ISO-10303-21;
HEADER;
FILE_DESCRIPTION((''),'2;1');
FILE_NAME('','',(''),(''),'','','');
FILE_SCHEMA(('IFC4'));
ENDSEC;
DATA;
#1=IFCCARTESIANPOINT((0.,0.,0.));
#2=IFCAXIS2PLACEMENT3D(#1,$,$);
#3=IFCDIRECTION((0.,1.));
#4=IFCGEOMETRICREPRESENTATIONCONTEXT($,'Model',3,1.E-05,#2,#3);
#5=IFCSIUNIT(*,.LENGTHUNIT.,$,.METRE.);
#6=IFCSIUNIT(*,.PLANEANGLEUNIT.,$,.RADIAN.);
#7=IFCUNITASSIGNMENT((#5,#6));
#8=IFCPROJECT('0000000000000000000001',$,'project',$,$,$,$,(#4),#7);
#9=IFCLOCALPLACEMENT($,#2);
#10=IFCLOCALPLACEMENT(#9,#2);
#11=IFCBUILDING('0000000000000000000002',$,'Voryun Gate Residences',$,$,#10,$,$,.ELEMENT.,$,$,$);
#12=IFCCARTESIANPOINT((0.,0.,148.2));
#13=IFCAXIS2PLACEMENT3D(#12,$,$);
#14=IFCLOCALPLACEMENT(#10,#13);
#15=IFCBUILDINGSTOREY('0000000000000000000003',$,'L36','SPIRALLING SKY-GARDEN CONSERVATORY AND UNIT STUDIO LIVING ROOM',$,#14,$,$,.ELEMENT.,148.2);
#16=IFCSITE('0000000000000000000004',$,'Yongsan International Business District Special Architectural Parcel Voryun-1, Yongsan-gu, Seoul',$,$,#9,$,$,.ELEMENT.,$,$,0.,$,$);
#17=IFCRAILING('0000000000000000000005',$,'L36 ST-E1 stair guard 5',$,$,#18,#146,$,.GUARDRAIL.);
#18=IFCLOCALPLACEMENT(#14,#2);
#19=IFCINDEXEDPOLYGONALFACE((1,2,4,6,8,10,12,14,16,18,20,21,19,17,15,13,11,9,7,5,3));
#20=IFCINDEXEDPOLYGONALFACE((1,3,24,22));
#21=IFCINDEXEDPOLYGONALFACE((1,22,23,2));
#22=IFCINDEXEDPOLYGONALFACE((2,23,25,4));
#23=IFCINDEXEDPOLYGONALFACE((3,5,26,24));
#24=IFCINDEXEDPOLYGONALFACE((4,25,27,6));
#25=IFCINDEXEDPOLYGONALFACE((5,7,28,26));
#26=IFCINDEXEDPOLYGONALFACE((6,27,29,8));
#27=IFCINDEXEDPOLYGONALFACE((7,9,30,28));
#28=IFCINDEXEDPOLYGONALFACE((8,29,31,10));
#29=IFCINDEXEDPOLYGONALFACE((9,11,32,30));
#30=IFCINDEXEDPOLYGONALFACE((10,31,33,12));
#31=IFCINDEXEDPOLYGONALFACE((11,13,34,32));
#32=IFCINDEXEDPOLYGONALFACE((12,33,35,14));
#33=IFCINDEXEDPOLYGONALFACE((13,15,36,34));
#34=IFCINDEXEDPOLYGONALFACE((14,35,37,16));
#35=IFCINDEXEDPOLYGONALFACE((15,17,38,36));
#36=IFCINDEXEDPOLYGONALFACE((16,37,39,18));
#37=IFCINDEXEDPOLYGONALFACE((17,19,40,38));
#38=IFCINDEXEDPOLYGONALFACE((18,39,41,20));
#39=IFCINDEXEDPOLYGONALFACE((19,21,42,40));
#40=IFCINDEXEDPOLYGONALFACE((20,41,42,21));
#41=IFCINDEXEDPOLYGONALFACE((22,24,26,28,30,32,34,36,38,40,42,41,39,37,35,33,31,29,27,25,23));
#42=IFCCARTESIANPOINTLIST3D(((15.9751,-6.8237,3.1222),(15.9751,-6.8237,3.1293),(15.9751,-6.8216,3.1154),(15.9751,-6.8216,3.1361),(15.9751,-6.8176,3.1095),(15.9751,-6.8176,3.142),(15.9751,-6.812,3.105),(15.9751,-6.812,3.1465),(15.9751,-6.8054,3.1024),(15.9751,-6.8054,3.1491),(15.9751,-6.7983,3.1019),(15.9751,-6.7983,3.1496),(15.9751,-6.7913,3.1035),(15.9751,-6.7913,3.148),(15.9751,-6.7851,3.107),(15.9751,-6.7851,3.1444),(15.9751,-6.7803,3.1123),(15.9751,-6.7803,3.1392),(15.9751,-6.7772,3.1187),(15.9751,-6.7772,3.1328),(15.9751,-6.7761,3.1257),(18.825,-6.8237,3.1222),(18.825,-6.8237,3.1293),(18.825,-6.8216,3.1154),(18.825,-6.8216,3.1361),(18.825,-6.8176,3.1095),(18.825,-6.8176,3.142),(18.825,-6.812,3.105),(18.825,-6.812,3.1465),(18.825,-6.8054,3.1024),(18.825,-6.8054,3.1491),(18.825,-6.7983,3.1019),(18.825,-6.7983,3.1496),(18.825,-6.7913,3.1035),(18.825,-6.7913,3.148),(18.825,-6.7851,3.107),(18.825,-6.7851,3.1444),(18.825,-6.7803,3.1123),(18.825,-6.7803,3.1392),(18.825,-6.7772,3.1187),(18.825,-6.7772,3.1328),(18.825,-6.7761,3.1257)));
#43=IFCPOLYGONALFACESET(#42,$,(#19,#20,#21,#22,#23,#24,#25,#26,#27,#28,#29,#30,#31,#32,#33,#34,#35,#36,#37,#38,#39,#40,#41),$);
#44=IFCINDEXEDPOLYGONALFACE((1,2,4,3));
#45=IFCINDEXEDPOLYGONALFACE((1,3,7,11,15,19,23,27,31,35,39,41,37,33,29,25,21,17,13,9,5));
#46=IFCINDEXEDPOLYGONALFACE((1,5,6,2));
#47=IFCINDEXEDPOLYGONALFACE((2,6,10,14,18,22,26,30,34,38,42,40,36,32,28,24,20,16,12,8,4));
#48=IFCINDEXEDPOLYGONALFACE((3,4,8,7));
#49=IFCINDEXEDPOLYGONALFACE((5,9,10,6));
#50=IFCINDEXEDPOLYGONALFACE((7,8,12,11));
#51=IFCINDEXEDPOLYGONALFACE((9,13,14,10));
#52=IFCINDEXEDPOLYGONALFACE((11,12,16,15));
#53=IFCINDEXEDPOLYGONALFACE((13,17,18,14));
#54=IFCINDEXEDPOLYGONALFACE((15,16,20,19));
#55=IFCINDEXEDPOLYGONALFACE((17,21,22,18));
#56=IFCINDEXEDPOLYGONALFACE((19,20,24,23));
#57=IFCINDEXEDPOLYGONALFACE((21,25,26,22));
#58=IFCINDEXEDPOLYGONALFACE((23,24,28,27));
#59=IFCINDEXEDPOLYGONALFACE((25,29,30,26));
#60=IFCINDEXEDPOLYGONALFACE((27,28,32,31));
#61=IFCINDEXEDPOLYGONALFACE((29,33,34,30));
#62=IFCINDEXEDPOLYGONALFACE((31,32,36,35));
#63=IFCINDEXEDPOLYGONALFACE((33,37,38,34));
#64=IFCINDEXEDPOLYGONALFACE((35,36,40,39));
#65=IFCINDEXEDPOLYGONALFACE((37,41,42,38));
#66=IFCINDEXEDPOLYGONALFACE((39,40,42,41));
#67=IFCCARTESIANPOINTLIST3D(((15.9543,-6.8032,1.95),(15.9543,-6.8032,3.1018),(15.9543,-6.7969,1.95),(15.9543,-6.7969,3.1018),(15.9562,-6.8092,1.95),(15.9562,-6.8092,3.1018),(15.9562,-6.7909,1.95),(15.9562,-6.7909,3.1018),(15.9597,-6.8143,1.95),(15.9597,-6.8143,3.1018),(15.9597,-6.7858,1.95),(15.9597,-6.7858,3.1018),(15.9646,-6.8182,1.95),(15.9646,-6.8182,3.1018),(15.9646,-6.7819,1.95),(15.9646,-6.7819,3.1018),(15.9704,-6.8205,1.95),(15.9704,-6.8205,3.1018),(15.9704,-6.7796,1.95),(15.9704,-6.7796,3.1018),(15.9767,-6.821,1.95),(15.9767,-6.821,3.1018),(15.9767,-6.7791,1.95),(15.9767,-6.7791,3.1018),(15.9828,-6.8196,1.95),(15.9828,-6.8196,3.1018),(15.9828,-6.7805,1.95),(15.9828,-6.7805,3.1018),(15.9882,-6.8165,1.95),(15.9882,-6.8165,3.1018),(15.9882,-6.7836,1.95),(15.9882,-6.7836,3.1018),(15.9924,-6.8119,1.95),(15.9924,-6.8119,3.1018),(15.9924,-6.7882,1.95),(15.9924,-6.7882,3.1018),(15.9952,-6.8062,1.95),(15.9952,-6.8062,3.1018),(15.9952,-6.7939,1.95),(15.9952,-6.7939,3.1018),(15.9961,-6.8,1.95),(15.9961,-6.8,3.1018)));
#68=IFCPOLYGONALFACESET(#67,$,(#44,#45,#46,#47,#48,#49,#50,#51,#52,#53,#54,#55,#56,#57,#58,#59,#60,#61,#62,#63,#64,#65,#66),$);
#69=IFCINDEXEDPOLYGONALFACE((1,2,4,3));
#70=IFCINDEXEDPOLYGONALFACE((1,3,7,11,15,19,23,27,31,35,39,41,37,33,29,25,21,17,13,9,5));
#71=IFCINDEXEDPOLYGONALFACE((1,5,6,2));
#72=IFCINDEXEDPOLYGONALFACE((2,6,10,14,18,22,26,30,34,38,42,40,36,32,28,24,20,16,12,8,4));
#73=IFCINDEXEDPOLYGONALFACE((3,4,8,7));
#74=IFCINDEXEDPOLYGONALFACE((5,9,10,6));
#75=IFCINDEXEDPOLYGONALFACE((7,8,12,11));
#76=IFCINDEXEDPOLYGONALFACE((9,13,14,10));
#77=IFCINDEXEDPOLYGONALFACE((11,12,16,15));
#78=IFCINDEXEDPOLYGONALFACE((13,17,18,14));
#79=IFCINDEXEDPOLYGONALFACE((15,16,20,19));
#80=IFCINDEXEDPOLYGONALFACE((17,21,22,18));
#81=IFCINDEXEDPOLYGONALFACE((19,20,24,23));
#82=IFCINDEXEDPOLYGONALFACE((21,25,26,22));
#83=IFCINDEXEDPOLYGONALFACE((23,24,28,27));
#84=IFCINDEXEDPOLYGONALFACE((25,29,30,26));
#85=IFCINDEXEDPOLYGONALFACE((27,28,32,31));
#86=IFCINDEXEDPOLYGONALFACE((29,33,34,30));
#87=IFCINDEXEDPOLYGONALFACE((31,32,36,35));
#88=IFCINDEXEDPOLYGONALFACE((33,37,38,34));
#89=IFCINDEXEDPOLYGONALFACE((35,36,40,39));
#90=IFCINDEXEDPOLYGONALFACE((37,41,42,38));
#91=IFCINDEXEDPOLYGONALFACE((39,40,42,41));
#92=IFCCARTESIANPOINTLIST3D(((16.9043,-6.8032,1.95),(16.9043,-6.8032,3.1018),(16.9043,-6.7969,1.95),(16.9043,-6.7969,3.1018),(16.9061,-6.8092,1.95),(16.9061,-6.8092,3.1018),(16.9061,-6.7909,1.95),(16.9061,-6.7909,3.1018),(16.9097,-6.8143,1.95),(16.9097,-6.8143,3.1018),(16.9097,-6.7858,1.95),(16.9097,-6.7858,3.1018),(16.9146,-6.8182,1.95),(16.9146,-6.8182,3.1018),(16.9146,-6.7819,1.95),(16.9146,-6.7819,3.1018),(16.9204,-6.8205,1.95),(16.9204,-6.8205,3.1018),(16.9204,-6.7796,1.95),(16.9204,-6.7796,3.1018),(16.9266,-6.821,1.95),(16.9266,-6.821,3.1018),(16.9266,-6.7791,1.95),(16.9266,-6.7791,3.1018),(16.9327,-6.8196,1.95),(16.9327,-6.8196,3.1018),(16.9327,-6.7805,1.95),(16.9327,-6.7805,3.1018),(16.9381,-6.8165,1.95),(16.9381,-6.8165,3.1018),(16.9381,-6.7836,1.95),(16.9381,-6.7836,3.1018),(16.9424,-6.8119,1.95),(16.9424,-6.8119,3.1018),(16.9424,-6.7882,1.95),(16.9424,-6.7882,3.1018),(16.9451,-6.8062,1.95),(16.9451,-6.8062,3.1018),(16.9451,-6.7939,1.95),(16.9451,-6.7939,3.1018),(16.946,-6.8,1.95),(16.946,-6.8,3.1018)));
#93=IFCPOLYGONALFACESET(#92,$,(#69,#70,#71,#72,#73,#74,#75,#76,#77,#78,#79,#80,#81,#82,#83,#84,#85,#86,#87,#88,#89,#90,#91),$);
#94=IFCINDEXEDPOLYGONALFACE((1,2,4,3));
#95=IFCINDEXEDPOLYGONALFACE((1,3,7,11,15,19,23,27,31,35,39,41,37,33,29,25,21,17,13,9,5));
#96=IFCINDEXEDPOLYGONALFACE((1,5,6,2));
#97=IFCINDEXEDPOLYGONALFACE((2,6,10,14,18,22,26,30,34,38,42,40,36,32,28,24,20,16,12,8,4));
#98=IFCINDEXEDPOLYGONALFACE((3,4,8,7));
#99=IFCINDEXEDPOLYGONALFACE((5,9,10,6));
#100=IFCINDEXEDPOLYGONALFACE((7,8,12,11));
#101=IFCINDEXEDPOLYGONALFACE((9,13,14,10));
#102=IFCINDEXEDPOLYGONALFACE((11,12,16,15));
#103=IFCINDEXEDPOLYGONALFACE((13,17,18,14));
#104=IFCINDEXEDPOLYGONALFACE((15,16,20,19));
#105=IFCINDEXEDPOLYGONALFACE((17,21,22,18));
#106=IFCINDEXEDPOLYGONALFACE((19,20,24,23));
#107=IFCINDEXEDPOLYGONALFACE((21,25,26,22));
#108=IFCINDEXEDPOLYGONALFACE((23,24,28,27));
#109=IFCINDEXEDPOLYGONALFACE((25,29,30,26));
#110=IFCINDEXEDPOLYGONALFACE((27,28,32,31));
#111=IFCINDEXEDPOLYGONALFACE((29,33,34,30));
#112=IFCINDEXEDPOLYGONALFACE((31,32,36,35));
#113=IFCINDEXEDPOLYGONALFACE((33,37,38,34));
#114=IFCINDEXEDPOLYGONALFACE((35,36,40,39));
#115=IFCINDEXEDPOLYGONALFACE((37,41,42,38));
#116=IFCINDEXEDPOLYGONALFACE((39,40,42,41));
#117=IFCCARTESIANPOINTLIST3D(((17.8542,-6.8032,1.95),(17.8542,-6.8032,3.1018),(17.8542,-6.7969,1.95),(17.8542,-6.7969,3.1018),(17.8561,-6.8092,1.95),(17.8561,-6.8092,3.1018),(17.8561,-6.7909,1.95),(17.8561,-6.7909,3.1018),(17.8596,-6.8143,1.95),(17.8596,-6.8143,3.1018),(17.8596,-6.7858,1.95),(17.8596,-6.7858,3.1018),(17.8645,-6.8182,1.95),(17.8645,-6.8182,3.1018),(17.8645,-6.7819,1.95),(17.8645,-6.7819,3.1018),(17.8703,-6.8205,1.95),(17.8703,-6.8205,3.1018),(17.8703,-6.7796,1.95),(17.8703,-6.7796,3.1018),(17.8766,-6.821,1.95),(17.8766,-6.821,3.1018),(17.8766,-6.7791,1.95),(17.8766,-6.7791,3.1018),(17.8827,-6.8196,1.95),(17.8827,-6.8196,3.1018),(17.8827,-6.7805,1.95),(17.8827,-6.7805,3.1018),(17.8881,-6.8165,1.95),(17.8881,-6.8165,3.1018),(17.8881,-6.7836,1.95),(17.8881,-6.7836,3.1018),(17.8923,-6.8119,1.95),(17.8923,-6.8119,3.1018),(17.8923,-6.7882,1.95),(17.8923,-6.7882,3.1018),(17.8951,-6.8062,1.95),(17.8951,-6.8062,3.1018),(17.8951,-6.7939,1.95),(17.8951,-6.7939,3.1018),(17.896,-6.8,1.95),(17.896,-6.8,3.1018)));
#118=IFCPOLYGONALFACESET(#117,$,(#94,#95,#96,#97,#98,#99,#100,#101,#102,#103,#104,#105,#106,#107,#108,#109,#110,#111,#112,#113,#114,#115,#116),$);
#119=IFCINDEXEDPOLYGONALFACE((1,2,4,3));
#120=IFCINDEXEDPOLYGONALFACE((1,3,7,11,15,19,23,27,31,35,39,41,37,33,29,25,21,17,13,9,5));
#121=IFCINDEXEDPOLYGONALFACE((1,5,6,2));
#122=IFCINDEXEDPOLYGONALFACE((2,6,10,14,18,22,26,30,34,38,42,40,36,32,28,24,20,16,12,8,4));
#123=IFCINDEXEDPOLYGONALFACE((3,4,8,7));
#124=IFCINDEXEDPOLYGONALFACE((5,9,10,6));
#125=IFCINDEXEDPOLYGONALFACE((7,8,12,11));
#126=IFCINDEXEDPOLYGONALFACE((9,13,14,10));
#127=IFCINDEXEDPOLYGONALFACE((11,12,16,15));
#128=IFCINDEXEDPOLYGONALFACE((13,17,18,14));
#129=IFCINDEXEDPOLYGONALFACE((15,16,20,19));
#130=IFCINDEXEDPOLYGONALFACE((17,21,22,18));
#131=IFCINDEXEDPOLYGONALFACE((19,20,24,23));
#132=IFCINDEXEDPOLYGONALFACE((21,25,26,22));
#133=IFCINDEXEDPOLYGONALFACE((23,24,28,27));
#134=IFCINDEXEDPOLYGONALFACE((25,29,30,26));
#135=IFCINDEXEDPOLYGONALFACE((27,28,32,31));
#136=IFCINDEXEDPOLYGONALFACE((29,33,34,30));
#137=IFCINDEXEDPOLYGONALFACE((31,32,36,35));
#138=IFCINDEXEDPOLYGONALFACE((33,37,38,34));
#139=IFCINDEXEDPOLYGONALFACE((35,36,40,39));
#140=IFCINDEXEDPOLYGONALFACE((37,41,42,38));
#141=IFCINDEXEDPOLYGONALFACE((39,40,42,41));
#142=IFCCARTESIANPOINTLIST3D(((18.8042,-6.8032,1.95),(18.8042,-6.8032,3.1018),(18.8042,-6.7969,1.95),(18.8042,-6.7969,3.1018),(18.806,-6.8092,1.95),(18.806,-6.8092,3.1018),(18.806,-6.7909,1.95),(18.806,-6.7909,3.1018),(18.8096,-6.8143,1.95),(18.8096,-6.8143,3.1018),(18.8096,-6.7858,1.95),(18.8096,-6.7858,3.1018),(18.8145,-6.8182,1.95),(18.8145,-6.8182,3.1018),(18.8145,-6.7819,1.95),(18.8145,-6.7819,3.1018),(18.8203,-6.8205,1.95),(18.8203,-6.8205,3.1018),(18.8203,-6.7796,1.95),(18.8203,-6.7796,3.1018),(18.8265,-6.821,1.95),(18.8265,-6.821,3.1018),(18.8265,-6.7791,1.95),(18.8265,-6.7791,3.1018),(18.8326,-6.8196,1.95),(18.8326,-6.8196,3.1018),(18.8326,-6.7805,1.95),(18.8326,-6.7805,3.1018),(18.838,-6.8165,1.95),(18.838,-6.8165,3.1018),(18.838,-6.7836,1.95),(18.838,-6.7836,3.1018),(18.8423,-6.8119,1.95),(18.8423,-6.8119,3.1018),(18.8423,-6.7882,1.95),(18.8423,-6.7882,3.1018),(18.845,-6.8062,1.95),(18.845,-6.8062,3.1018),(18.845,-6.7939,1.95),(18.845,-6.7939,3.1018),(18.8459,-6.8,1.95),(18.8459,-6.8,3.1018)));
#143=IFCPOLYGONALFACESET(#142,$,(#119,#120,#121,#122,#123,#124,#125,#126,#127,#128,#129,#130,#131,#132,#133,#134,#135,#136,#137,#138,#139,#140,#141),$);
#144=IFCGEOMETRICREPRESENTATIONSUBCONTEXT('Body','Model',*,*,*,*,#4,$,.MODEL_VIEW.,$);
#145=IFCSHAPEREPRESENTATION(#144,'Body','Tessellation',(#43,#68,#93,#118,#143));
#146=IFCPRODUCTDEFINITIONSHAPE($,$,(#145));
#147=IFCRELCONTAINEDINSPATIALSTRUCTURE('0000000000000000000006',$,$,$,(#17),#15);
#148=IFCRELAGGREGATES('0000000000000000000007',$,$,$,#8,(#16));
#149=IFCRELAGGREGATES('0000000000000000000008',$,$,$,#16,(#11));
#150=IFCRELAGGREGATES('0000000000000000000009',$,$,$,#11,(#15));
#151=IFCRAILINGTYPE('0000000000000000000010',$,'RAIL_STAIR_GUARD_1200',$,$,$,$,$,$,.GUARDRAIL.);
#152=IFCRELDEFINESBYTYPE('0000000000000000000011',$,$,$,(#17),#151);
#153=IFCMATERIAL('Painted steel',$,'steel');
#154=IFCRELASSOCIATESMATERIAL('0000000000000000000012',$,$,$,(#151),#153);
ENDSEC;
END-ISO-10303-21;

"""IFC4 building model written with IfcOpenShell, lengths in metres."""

from ifc_helpers import new_model, si_unit, direction, frame, origin, origin_2d, place, context, subcontext, project, spatial, circle, extrude, material, type_object, element, save


model = new_model("IFC4")

# Units and contexts
model_context = context("Model", 3, precision=1e-05, world=origin(), true_north=direction((0.0, 1.0)))
body_context = subcontext(model_context, "Body", "Model", "MODEL_VIEW")
ifc_project = project(units=[si_unit("LENGTHUNIT", "METRE"), si_unit("PLANEANGLEUNIT", "RADIAN")], contexts=[model_context])

# Site, building, storey
site_placement = place(None, origin())
site = spatial("IfcSite", under=ifc_project, at=site_placement, Name="Yongsan International Business District Special Architectural Parcel Voryun-1, Yongsan-gu, Seoul", CompositionType="ELEMENT", RefElevation=0.0)
building_placement = place(site_placement, origin())
building = spatial("IfcBuilding", under=site, at=building_placement, Name="Voryun Gate Residences", CompositionType="ELEMENT")
storey_placement = place(building_placement, frame((0.0, 0.0, 148.2)))
storey = spatial("IfcBuildingStorey", under=building, at=storey_placement, Name="L36", Description="SPIRALLING SKY-GARDEN CONSERVATORY AND UNIT STUDIO LIVING ROOM", CompositionType="ELEMENT", Elevation=148.2)

# Railing
ifc_material_1 = material(Name="Painted steel", Category="steel")
railing_type_1 = type_object("IfcRailingType", Name="RAIL_STAIR_GUARD_1200", PredefinedType="GUARDRAIL", material=ifc_material_1)
railing_1_placement = place(storey_placement, frame((15.9751, -6.8, 1.95)))
element("IfcRailing", 1, at=railing_1_placement, inside=storey, type_object=railing_type_1, Name="L36 ST-E1 stair guard 5", PredefinedType="GUARDRAIL", context=body_context, shape_type="SweptSolid", body=[
    extrude(circle(Radius=0.0239, at=origin_2d()), frame((0.0, 0.0, 1.1758), z_axis=(1.0, 0.0, 0.0), x_axis=(0.0, 1.0, 0.0)), (0.0, 0.0, 1.0), 2.8499),
    extrude(circle(Radius=0.021, at=origin_2d()), origin(), (0.0, 0.0, 1.0), 1.1519),
    extrude(circle(Radius=0.021, at=origin_2d()), frame((0.95, 0.0, 0.0)), (0.0, 0.0, 1.0), 1.1519),
    extrude(circle(Radius=0.021, at=origin_2d()), frame((1.8999, 0.0, 0.0)), (0.0, 0.0, 1.0), 1.1519),
    extrude(circle(Radius=0.021, at=origin_2d()), frame((2.8499, 0.0, 0.0)), (0.0, 0.0, 1.0), 1.1519),
])

save(model, "model.ifc")
